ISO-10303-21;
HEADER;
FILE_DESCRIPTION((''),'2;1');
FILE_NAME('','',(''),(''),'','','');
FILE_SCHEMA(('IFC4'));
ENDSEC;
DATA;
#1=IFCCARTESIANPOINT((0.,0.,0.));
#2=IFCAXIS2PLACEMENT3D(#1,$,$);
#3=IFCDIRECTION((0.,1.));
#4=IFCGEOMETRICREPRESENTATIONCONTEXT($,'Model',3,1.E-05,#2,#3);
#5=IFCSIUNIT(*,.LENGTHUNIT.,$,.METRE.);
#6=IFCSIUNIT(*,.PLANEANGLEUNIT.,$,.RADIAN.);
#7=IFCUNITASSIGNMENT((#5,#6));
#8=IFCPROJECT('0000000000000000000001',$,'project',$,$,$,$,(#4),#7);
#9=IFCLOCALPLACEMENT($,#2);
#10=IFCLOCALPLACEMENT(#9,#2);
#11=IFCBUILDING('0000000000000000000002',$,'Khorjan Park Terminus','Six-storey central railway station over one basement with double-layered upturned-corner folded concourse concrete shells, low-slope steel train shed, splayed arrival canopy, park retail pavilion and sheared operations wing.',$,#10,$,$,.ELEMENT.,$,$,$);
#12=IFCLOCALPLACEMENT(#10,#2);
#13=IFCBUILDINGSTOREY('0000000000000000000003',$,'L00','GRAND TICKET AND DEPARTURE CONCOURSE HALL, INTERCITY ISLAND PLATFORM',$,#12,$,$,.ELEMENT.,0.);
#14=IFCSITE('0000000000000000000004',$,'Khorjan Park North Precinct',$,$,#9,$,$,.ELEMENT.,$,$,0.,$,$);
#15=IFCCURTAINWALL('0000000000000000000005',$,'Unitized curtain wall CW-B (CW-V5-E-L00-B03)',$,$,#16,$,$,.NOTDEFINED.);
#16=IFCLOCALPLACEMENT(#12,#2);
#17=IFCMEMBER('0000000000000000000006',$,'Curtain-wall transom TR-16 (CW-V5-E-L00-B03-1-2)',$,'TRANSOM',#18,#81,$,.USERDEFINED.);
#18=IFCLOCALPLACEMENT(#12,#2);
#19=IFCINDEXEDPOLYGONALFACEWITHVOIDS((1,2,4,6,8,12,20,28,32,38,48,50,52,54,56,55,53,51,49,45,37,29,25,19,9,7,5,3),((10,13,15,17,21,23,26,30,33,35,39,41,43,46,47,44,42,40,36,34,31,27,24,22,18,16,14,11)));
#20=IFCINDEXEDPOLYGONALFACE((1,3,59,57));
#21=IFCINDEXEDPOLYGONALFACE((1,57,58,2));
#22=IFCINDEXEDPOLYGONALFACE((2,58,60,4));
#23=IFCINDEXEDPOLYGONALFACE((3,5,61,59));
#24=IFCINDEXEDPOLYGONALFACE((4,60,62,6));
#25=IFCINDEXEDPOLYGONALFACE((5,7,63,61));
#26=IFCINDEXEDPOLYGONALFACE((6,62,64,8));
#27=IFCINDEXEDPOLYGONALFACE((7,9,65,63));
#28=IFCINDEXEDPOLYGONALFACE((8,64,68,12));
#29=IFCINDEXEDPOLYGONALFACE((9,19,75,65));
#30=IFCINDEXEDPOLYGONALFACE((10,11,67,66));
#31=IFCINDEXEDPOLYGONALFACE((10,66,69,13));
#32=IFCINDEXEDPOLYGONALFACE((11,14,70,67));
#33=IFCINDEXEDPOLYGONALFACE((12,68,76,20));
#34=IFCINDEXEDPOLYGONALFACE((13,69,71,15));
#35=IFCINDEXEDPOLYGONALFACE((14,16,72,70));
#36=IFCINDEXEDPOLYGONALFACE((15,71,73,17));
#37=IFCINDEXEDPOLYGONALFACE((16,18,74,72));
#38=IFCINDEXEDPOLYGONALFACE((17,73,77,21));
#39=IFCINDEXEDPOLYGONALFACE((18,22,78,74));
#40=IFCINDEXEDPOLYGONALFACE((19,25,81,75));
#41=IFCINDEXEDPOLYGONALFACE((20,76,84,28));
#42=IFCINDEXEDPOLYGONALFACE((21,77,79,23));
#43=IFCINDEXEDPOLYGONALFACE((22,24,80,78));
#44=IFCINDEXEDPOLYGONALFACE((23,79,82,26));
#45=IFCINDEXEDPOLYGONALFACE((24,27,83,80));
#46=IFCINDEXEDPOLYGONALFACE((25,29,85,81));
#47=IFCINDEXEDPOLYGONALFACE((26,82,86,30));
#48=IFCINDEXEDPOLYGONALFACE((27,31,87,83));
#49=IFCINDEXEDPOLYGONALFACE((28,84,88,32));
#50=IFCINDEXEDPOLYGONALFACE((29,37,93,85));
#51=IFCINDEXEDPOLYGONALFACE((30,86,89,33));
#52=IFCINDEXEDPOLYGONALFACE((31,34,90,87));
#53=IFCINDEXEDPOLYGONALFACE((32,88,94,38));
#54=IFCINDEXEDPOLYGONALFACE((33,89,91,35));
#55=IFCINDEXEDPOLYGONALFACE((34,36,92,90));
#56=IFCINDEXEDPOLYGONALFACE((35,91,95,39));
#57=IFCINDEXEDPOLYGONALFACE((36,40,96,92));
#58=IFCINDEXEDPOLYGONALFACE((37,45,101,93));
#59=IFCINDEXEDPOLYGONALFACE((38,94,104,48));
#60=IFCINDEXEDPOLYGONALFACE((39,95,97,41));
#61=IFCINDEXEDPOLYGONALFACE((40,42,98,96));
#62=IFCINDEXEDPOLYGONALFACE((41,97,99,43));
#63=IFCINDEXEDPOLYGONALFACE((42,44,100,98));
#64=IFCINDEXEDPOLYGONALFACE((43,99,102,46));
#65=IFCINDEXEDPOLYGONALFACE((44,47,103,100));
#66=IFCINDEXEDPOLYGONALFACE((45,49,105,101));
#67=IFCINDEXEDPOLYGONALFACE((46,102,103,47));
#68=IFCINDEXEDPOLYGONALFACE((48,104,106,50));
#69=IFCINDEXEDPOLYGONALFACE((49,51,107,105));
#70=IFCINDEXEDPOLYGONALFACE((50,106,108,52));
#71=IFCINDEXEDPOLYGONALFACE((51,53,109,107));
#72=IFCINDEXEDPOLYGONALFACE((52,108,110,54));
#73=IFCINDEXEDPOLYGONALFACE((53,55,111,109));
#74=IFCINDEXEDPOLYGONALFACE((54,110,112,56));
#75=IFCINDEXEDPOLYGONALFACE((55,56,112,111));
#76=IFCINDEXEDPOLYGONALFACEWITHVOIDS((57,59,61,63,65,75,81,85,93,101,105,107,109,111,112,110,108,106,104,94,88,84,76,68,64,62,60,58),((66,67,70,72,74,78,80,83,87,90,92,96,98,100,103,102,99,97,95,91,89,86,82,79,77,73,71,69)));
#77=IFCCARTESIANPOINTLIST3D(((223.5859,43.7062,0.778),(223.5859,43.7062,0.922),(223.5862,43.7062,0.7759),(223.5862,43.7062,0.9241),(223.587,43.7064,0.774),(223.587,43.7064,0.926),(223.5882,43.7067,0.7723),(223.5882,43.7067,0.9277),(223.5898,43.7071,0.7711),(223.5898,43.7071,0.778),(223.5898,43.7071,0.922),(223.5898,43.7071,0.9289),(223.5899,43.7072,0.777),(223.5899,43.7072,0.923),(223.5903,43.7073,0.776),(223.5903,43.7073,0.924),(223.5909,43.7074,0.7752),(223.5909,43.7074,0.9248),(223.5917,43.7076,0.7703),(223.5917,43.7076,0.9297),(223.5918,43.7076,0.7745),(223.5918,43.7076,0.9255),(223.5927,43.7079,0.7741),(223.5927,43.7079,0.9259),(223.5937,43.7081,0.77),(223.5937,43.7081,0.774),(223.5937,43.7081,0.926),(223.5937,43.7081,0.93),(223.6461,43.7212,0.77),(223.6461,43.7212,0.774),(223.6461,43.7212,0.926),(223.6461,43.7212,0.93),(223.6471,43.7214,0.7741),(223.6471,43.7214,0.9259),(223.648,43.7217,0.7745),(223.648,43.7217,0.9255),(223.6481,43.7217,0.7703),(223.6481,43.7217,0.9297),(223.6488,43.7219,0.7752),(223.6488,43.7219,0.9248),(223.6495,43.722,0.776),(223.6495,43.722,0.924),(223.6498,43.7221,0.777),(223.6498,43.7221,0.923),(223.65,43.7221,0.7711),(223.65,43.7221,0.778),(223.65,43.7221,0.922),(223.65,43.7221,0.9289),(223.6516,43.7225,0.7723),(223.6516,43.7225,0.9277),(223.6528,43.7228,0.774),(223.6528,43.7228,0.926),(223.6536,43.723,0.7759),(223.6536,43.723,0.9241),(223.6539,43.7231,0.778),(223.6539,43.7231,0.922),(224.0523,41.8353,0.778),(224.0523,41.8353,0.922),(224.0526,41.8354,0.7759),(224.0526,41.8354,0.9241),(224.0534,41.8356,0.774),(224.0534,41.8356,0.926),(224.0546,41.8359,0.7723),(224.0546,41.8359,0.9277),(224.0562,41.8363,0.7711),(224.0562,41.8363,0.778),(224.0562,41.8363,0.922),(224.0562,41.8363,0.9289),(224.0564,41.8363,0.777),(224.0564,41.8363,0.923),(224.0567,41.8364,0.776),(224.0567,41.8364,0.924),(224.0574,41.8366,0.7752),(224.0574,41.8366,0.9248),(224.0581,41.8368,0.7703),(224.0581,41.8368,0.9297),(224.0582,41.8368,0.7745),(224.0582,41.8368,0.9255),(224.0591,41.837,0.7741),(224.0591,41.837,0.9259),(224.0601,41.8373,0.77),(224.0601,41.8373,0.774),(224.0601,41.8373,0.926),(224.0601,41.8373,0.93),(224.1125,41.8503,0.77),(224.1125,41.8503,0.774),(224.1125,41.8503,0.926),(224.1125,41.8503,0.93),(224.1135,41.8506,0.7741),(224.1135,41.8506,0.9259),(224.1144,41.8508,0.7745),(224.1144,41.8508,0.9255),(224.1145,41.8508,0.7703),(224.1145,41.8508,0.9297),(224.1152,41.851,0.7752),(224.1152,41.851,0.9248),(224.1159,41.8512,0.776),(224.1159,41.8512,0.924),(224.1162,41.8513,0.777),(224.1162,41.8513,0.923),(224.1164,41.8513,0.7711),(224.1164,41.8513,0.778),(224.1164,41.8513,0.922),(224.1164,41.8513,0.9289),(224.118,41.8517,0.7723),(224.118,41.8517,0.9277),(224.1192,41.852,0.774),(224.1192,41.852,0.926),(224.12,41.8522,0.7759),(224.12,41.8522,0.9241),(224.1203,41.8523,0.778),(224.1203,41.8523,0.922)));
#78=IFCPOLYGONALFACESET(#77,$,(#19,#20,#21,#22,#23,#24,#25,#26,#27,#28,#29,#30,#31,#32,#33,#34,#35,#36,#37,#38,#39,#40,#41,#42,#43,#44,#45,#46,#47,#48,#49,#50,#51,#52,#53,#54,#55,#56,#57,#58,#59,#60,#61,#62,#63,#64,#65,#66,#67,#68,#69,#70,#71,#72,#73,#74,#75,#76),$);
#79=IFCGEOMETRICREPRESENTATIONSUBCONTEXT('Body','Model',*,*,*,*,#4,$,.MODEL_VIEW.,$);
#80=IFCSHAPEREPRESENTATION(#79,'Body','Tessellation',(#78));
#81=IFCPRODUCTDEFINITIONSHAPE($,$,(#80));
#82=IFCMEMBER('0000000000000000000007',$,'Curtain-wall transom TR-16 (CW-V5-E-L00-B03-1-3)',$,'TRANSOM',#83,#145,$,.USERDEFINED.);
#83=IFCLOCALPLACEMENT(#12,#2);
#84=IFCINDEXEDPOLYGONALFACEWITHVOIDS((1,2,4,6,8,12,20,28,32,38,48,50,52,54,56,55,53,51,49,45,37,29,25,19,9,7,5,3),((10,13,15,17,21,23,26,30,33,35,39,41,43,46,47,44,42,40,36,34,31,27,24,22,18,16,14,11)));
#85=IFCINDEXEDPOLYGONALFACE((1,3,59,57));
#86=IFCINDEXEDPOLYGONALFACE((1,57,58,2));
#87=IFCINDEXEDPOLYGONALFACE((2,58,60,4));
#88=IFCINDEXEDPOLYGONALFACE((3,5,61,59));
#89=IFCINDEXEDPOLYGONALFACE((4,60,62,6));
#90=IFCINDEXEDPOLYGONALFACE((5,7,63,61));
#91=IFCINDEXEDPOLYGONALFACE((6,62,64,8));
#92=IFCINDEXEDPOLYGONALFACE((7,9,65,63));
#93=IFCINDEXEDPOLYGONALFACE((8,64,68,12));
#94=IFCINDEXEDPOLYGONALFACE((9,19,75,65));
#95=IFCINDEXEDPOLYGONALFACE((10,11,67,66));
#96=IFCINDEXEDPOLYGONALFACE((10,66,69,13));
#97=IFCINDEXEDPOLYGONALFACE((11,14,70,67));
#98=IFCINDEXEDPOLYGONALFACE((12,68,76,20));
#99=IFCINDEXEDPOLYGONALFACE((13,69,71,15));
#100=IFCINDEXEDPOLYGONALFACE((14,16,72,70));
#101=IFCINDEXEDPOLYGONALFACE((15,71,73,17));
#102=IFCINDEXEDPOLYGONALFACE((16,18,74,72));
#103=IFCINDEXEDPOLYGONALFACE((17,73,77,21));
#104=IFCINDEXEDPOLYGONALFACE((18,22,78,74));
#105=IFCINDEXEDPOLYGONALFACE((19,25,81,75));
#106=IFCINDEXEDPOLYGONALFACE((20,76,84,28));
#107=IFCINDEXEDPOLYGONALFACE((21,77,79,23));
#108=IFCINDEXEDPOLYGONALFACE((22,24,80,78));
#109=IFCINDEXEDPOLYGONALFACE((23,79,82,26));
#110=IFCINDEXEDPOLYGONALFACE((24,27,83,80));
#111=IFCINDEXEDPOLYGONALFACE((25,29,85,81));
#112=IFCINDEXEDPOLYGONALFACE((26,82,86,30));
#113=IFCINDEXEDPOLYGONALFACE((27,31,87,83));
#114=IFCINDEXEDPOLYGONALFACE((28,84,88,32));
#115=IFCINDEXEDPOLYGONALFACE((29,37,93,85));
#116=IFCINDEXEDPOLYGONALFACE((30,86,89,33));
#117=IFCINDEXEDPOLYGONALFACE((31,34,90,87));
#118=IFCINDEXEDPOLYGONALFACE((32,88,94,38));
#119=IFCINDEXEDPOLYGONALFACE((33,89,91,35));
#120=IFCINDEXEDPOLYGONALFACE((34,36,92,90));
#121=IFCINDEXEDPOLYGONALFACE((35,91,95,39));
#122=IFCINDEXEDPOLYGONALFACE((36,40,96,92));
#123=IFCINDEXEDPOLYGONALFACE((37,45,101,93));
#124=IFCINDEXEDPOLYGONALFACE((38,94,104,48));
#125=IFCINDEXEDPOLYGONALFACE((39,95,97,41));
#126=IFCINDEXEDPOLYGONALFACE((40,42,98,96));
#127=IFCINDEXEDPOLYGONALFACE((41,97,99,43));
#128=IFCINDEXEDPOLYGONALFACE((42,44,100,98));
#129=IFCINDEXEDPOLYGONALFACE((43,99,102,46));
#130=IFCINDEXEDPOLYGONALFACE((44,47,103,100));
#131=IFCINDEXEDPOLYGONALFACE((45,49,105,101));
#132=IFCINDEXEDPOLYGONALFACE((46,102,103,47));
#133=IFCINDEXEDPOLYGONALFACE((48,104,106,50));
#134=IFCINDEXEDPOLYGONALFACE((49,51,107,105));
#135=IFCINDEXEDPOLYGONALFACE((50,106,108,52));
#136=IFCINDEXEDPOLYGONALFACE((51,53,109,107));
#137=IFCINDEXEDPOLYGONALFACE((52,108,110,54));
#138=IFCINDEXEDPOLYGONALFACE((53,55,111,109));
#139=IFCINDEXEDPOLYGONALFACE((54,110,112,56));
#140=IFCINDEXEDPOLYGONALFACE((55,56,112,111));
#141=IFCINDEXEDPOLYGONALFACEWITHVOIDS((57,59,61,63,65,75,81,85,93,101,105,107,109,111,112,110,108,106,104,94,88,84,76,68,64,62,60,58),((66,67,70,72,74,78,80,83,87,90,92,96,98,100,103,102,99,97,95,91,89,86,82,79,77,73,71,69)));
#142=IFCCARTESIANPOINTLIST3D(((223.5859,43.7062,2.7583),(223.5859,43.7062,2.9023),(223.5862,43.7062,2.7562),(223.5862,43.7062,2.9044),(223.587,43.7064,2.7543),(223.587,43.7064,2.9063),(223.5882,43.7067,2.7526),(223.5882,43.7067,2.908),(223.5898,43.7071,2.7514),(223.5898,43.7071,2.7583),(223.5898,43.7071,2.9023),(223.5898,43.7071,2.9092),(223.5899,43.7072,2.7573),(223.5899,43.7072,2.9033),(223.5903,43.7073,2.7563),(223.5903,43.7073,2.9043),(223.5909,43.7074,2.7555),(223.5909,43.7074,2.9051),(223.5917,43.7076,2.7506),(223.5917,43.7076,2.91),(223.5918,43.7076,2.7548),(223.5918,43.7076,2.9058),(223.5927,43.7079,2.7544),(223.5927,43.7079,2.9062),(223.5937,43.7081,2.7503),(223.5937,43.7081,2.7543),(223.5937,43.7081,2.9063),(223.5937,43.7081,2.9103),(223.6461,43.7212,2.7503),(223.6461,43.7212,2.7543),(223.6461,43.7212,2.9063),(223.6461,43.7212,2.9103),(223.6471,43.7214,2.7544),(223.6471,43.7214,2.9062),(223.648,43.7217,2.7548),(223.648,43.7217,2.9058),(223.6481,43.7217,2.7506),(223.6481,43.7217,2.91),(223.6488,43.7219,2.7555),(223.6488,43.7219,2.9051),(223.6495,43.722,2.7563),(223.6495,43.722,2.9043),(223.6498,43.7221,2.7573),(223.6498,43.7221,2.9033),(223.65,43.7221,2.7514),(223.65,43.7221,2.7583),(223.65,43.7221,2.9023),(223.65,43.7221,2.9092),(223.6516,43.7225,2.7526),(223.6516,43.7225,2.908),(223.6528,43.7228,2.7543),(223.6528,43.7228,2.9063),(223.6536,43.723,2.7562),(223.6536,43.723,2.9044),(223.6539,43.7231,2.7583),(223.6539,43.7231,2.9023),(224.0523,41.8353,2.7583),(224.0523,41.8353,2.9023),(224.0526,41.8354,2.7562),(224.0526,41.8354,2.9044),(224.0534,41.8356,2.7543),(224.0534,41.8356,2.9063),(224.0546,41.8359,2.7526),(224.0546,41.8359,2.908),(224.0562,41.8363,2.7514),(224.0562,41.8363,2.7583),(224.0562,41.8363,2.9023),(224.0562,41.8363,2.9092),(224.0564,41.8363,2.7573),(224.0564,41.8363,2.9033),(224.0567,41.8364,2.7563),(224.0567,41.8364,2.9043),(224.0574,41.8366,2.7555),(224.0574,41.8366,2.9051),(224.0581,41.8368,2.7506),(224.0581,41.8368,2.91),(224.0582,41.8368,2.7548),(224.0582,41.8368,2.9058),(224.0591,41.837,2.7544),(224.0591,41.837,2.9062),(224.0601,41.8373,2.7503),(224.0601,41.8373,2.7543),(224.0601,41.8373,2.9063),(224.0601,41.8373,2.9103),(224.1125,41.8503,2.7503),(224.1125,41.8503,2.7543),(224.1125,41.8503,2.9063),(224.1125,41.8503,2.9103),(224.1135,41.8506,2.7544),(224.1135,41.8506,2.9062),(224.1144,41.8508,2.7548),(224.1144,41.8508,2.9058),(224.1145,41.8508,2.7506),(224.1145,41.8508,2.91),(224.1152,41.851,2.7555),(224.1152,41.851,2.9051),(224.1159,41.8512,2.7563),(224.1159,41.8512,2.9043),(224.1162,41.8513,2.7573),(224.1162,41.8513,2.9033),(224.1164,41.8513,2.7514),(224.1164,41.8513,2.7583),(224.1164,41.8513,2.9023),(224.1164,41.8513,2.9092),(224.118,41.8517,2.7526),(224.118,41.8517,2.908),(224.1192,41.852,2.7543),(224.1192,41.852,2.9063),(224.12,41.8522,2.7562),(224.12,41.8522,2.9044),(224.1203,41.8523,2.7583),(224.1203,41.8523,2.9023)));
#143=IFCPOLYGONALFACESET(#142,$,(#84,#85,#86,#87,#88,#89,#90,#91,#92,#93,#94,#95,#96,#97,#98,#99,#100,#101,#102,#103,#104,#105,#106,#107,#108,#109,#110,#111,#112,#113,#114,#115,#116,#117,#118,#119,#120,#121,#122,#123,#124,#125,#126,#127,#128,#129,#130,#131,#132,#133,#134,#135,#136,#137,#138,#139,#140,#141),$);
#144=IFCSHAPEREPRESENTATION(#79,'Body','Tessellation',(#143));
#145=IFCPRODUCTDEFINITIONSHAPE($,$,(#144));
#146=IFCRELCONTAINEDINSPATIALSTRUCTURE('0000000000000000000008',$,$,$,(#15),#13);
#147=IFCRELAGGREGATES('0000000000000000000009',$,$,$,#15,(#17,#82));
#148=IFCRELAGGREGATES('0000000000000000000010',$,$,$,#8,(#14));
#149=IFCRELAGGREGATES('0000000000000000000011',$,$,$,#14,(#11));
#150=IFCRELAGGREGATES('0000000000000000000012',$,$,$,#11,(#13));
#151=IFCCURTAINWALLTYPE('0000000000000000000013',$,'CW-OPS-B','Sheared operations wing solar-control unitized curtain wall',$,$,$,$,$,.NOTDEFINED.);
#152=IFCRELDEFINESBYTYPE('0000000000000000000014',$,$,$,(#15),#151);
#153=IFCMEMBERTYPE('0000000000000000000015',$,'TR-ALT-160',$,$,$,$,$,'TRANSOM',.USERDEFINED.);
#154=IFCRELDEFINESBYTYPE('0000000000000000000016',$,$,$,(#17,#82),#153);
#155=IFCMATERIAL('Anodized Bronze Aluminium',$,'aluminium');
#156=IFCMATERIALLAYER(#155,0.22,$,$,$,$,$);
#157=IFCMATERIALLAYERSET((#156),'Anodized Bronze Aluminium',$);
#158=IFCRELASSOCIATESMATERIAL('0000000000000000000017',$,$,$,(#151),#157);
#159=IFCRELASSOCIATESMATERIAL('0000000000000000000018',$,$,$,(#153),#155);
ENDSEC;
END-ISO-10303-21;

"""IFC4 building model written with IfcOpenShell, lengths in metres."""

from ifc_helpers import new_model, si_unit, direction, frame, origin, origin_2d, place, context, subcontext, project, spatial, hollow_rectangle, extrude, material, layer, layer_set, material_profile, profile_set, type_object, element, aggregate, save


model = new_model("IFC4")

# Units and contexts
model_context = context("Model", 3, precision=1e-05, world=origin(), true_north=direction((0.0, 1.0)))
body_context = subcontext(model_context, "Body", "Model", "MODEL_VIEW")
ifc_project = project(units=[si_unit("LENGTHUNIT", "METRE"), si_unit("PLANEANGLEUNIT", "RADIAN")], contexts=[model_context])

# Site, building, storey
site_placement = place(None, origin())
site = spatial("IfcSite", under=ifc_project, at=site_placement, Name="Khorjan Park North Precinct", CompositionType="ELEMENT", RefElevation=0.0)
building_placement = place(site_placement, origin())
building = spatial("IfcBuilding", under=site, at=building_placement, Name="Khorjan Park Terminus", Description="Six-storey central railway station over one basement with double-layered upturned-corner folded concourse concrete shells, low-slope steel train shed, splayed arrival canopy, park retail pavilion and sheared operations wing.", CompositionType="ELEMENT")
storey_placement = place(building_placement, origin())
storey = spatial("IfcBuildingStorey", under=building, at=storey_placement, Name="L00", Description="GRAND TICKET AND DEPARTURE CONCOURSE HALL, INTERCITY ISLAND PLATFORM", CompositionType="ELEMENT", Elevation=0.0)

# Curtain wall, members
ifc_material_1 = material(Name="Anodized Bronze Aluminium", Category="aluminium")
ifc_layer_1 = layer(ifc_material_1, 0.22)
ifc_layer_set_1 = layer_set([ifc_layer_1], Name="Anodized Bronze Aluminium")
curtain_wall_type = type_object("IfcCurtainWallType", Name="CW-OPS-B", Description="Sheared operations wing solar-control unitized curtain wall", PredefinedType="NOTDEFINED", material=ifc_layer_set_1)
curtain_wall_placement = place(storey_placement, origin())
curtain_wall = element("IfcCurtainWall", 1, at=curtain_wall_placement, inside=storey, type_object=curtain_wall_type, Name="Unitized curtain wall CW-B (CW-V5-E-L00-B03)", PredefinedType="NOTDEFINED")
ifc_material_profile_1 = material_profile(ifc_material_1, hollow_rectangle(XDim=0.07, YDim=0.16, WallThickness=0.004, InnerFilletRadius=0.004, OuterFilletRadius=0.008, at=origin_2d()), Name="ALT 70x160x4")
ifc_profile_set_1 = profile_set([ifc_material_profile_1], Name="Anodized Bronze Aluminium")
member_type_1 = type_object("IfcMemberType", Name="TR-ALT-160", ElementType="TRANSOM", PredefinedType="USERDEFINED", material=ifc_profile_set_1)
member_1_placement = place(storey_placement, frame((224.0863, 41.8438, 0.85), z_axis=(-0.241901, 0.970301, 0.0), x_axis=(-0.970301, -0.241901, 0.0)))
member_1 = element("IfcMember", 2, at=member_1_placement, type_object=member_type_1, Name="Curtain-wall transom TR-16 (CW-V5-E-L00-B03-1-2)", ObjectType="TRANSOM", PredefinedType="USERDEFINED", context=body_context, shape_type="SweptSolid", body=[
    extrude(hollow_rectangle(XDim=0.07, YDim=0.16, WallThickness=0.004, InnerFilletRadius=0.004, OuterFilletRadius=0.008, at=origin_2d()), origin(), (0.0, 0.0, 1.0), 1.9281),
])
member_2_placement = place(storey_placement, frame((224.0863, 41.8438, 2.8303), z_axis=(-0.241901, 0.970301, 0.0), x_axis=(-0.970301, -0.241901, 0.0)))
member_2 = element("IfcMember", 3, at=member_2_placement, type_object=member_type_1, Name="Curtain-wall transom TR-16 (CW-V5-E-L00-B03-1-3)", ObjectType="TRANSOM", PredefinedType="USERDEFINED", context=body_context, shape_type="SweptSolid", body=[
    extrude(hollow_rectangle(XDim=0.07, YDim=0.16, WallThickness=0.004, InnerFilletRadius=0.004, OuterFilletRadius=0.008, at=origin_2d()), origin(), (0.0, 0.0, 1.0), 1.9281),
])
aggregate(curtain_wall, [member_1, member_2])

save(model, "model.ifc")
